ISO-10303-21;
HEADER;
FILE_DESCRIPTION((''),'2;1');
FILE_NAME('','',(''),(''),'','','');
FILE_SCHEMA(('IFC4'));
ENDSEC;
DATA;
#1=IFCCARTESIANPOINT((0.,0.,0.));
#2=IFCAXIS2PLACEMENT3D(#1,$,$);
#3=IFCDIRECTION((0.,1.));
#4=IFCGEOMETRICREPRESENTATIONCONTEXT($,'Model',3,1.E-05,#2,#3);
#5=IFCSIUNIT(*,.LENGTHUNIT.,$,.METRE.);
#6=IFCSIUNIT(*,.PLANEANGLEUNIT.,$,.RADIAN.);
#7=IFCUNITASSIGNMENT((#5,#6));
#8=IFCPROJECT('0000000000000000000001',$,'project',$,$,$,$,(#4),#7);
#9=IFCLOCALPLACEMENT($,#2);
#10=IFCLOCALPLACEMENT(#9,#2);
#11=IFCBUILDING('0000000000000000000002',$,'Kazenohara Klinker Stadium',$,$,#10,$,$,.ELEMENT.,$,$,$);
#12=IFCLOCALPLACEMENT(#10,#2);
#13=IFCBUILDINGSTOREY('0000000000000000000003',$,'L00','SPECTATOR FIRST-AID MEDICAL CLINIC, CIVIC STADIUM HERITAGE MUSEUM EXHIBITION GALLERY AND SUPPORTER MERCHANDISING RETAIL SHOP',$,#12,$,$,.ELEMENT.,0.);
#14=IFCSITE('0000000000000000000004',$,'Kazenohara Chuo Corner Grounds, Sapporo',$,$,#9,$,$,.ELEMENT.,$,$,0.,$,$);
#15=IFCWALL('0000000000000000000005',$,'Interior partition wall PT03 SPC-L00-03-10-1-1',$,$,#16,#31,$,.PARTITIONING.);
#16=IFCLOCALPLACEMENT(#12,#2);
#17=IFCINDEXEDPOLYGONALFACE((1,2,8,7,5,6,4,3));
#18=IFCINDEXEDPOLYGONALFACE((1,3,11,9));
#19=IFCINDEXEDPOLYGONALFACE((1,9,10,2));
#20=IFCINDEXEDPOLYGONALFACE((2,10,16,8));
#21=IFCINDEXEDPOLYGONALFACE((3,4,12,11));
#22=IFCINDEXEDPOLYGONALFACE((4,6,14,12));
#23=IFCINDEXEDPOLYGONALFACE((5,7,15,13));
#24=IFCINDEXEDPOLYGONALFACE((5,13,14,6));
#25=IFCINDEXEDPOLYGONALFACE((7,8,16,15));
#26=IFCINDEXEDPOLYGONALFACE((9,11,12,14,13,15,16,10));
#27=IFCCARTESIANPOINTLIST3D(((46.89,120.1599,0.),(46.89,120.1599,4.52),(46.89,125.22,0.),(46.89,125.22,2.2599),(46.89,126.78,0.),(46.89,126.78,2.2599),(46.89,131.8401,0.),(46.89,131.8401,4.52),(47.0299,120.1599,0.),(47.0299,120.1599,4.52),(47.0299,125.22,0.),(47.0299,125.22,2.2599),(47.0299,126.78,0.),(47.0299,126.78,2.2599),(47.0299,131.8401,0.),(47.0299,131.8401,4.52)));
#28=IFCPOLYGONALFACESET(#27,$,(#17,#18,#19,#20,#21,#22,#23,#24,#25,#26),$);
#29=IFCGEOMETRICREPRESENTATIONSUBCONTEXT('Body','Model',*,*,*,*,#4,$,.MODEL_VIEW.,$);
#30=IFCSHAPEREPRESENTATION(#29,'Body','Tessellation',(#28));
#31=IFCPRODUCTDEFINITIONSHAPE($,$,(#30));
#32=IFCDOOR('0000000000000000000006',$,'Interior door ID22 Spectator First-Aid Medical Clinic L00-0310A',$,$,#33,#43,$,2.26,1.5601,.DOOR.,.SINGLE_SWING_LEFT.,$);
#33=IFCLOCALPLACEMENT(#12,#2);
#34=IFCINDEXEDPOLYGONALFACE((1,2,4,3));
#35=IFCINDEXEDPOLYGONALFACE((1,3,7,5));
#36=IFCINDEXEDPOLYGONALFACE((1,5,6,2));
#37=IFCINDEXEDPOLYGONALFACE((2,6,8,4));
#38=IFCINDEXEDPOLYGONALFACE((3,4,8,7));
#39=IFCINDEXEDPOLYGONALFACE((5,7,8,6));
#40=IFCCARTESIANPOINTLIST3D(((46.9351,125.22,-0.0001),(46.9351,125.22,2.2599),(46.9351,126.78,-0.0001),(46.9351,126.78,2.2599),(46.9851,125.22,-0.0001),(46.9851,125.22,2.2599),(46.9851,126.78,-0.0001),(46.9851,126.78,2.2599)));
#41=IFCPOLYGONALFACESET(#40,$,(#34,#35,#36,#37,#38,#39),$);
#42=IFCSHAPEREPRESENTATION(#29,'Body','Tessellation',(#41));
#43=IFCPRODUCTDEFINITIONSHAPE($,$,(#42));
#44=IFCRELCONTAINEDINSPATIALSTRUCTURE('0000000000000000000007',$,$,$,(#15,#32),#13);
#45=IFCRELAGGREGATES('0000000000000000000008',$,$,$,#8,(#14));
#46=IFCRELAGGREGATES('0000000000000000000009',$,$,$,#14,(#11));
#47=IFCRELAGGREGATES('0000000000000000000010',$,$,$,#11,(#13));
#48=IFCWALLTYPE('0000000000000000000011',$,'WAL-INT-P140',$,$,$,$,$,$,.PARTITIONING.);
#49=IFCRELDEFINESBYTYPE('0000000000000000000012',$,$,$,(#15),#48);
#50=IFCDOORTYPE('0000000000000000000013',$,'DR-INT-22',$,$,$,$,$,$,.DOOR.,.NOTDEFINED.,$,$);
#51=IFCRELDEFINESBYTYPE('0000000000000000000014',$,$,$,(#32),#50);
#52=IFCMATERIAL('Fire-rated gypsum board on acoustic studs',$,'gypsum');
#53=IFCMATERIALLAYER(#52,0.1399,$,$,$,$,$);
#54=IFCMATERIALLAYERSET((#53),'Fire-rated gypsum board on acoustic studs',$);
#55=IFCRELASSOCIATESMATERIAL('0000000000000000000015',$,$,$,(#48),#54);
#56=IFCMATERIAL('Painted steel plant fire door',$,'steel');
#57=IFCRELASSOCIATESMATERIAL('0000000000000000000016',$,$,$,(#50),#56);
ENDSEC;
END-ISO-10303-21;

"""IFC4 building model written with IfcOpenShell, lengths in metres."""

from ifc_helpers import new_model, si_unit, direction, frame, frame_2d, origin, place, context, subcontext, project, spatial, rectangle, extrude, material, layer, layer_set, type_object, element, fill, save


model = new_model("IFC4")

# Units and contexts
model_context = context("Model", 3, precision=1e-05, world=origin(), true_north=direction((0.0, 1.0)))
body_context = subcontext(model_context, "Body", "Model", "MODEL_VIEW")
ifc_project = project(units=[si_unit("LENGTHUNIT", "METRE"), si_unit("PLANEANGLEUNIT", "RADIAN")], contexts=[model_context])

# Site, building, storey
site_placement = place(None, origin())
site = spatial("IfcSite", under=ifc_project, at=site_placement, Name="Kazenohara Chuo Corner Grounds, Sapporo", CompositionType="ELEMENT", RefElevation=0.0)
building_placement = place(site_placement, origin())
building = spatial("IfcBuilding", under=site, at=building_placement, Name="Kazenohara Klinker Stadium", CompositionType="ELEMENT")
storey_placement = place(building_placement, origin())
storey = spatial("IfcBuildingStorey", under=building, at=storey_placement, Name="L00", Description="SPECTATOR FIRST-AID MEDICAL CLINIC, CIVIC STADIUM HERITAGE MUSEUM EXHIBITION GALLERY AND SUPPORTER MERCHANDISING RETAIL SHOP", CompositionType="ELEMENT", Elevation=0.0)

# Shared definitions
ifc_material_1 = material(Name="Fire-rated gypsum board on acoustic studs", Category="gypsum")
ifc_material_2 = material(Name="Painted steel plant fire door", Category="steel")

# Wall, opening, door
ifc_layer_1 = layer(ifc_material_1, 0.1399)
ifc_layer_set_1 = layer_set([ifc_layer_1], Name="Fire-rated gypsum board on acoustic studs")
wall_type_1 = type_object("IfcWallType", Name="WAL-INT-P140", PredefinedType="PARTITIONING", material=ifc_layer_set_1)
wall_1_placement = place(storey_placement, frame((46.96, 120.1599, 0.0), z_axis=(0.0, 0.0, 1.0), x_axis=(0.0, 1.0, 0.0)))
wall_1 = element("IfcWall", 1, at=wall_1_placement, inside=storey, type_object=wall_type_1, Name="Interior partition wall PT03 SPC-L00-03-10-1-1", PredefinedType="PARTITIONING", context=body_context, shape_type="SweptSolid", body=[
    extrude(rectangle(XDim=11.6802, YDim=0.1399, at=frame_2d((5.8401, 0.0))), origin(), (0.0, 0.0, 1.0), 4.52),
])
opening_1_placement = place(wall_1_placement, frame((5.0601, 0.0, 0.0)))
opening_1 = element("IfcOpeningElement", 2, at=opening_1_placement, cuts=wall_1, PredefinedType="OPENING", context=body_context, shape_type="SweptSolid", body=[
    extrude(rectangle(XDim=1.5601, YDim=2.26, at=frame_2d((0.78, 1.1299))), frame((0.0, 0.0801, 0.0), z_axis=(0.0, -1.0, 0.0), x_axis=(1.0, 0.0, 0.0)), (0.0, 0.0, 1.0), 0.1599),
])
door_type_1 = type_object("IfcDoorType", Name="DR-INT-22", OperationType="NOTDEFINED", PredefinedType="DOOR", material=ifc_material_2)
door_1_placement = place(opening_1_placement, origin())
door_1 = element("IfcDoor", 3, at=door_1_placement, inside=storey, type_object=door_type_1, Name="Interior door ID22 Spectator First-Aid Medical Clinic L00-0310A", OperationType="SINGLE_SWING_LEFT", OverallHeight=2.26, OverallWidth=1.5601, PredefinedType="DOOR", context=body_context, shape_type="SweptSolid", body=[
    extrude(rectangle(XDim=1.5601, YDim=2.26, at=frame_2d((0.78, 1.1299))), frame((0.0, 0.0249, 0.0), z_axis=(0.0, -1.0, 0.0), x_axis=(1.0, 0.0, 0.0)), (0.0, 0.0, 1.0), 0.05),
])
fill(opening_1, door_1)

save(model, "model.ifc")
